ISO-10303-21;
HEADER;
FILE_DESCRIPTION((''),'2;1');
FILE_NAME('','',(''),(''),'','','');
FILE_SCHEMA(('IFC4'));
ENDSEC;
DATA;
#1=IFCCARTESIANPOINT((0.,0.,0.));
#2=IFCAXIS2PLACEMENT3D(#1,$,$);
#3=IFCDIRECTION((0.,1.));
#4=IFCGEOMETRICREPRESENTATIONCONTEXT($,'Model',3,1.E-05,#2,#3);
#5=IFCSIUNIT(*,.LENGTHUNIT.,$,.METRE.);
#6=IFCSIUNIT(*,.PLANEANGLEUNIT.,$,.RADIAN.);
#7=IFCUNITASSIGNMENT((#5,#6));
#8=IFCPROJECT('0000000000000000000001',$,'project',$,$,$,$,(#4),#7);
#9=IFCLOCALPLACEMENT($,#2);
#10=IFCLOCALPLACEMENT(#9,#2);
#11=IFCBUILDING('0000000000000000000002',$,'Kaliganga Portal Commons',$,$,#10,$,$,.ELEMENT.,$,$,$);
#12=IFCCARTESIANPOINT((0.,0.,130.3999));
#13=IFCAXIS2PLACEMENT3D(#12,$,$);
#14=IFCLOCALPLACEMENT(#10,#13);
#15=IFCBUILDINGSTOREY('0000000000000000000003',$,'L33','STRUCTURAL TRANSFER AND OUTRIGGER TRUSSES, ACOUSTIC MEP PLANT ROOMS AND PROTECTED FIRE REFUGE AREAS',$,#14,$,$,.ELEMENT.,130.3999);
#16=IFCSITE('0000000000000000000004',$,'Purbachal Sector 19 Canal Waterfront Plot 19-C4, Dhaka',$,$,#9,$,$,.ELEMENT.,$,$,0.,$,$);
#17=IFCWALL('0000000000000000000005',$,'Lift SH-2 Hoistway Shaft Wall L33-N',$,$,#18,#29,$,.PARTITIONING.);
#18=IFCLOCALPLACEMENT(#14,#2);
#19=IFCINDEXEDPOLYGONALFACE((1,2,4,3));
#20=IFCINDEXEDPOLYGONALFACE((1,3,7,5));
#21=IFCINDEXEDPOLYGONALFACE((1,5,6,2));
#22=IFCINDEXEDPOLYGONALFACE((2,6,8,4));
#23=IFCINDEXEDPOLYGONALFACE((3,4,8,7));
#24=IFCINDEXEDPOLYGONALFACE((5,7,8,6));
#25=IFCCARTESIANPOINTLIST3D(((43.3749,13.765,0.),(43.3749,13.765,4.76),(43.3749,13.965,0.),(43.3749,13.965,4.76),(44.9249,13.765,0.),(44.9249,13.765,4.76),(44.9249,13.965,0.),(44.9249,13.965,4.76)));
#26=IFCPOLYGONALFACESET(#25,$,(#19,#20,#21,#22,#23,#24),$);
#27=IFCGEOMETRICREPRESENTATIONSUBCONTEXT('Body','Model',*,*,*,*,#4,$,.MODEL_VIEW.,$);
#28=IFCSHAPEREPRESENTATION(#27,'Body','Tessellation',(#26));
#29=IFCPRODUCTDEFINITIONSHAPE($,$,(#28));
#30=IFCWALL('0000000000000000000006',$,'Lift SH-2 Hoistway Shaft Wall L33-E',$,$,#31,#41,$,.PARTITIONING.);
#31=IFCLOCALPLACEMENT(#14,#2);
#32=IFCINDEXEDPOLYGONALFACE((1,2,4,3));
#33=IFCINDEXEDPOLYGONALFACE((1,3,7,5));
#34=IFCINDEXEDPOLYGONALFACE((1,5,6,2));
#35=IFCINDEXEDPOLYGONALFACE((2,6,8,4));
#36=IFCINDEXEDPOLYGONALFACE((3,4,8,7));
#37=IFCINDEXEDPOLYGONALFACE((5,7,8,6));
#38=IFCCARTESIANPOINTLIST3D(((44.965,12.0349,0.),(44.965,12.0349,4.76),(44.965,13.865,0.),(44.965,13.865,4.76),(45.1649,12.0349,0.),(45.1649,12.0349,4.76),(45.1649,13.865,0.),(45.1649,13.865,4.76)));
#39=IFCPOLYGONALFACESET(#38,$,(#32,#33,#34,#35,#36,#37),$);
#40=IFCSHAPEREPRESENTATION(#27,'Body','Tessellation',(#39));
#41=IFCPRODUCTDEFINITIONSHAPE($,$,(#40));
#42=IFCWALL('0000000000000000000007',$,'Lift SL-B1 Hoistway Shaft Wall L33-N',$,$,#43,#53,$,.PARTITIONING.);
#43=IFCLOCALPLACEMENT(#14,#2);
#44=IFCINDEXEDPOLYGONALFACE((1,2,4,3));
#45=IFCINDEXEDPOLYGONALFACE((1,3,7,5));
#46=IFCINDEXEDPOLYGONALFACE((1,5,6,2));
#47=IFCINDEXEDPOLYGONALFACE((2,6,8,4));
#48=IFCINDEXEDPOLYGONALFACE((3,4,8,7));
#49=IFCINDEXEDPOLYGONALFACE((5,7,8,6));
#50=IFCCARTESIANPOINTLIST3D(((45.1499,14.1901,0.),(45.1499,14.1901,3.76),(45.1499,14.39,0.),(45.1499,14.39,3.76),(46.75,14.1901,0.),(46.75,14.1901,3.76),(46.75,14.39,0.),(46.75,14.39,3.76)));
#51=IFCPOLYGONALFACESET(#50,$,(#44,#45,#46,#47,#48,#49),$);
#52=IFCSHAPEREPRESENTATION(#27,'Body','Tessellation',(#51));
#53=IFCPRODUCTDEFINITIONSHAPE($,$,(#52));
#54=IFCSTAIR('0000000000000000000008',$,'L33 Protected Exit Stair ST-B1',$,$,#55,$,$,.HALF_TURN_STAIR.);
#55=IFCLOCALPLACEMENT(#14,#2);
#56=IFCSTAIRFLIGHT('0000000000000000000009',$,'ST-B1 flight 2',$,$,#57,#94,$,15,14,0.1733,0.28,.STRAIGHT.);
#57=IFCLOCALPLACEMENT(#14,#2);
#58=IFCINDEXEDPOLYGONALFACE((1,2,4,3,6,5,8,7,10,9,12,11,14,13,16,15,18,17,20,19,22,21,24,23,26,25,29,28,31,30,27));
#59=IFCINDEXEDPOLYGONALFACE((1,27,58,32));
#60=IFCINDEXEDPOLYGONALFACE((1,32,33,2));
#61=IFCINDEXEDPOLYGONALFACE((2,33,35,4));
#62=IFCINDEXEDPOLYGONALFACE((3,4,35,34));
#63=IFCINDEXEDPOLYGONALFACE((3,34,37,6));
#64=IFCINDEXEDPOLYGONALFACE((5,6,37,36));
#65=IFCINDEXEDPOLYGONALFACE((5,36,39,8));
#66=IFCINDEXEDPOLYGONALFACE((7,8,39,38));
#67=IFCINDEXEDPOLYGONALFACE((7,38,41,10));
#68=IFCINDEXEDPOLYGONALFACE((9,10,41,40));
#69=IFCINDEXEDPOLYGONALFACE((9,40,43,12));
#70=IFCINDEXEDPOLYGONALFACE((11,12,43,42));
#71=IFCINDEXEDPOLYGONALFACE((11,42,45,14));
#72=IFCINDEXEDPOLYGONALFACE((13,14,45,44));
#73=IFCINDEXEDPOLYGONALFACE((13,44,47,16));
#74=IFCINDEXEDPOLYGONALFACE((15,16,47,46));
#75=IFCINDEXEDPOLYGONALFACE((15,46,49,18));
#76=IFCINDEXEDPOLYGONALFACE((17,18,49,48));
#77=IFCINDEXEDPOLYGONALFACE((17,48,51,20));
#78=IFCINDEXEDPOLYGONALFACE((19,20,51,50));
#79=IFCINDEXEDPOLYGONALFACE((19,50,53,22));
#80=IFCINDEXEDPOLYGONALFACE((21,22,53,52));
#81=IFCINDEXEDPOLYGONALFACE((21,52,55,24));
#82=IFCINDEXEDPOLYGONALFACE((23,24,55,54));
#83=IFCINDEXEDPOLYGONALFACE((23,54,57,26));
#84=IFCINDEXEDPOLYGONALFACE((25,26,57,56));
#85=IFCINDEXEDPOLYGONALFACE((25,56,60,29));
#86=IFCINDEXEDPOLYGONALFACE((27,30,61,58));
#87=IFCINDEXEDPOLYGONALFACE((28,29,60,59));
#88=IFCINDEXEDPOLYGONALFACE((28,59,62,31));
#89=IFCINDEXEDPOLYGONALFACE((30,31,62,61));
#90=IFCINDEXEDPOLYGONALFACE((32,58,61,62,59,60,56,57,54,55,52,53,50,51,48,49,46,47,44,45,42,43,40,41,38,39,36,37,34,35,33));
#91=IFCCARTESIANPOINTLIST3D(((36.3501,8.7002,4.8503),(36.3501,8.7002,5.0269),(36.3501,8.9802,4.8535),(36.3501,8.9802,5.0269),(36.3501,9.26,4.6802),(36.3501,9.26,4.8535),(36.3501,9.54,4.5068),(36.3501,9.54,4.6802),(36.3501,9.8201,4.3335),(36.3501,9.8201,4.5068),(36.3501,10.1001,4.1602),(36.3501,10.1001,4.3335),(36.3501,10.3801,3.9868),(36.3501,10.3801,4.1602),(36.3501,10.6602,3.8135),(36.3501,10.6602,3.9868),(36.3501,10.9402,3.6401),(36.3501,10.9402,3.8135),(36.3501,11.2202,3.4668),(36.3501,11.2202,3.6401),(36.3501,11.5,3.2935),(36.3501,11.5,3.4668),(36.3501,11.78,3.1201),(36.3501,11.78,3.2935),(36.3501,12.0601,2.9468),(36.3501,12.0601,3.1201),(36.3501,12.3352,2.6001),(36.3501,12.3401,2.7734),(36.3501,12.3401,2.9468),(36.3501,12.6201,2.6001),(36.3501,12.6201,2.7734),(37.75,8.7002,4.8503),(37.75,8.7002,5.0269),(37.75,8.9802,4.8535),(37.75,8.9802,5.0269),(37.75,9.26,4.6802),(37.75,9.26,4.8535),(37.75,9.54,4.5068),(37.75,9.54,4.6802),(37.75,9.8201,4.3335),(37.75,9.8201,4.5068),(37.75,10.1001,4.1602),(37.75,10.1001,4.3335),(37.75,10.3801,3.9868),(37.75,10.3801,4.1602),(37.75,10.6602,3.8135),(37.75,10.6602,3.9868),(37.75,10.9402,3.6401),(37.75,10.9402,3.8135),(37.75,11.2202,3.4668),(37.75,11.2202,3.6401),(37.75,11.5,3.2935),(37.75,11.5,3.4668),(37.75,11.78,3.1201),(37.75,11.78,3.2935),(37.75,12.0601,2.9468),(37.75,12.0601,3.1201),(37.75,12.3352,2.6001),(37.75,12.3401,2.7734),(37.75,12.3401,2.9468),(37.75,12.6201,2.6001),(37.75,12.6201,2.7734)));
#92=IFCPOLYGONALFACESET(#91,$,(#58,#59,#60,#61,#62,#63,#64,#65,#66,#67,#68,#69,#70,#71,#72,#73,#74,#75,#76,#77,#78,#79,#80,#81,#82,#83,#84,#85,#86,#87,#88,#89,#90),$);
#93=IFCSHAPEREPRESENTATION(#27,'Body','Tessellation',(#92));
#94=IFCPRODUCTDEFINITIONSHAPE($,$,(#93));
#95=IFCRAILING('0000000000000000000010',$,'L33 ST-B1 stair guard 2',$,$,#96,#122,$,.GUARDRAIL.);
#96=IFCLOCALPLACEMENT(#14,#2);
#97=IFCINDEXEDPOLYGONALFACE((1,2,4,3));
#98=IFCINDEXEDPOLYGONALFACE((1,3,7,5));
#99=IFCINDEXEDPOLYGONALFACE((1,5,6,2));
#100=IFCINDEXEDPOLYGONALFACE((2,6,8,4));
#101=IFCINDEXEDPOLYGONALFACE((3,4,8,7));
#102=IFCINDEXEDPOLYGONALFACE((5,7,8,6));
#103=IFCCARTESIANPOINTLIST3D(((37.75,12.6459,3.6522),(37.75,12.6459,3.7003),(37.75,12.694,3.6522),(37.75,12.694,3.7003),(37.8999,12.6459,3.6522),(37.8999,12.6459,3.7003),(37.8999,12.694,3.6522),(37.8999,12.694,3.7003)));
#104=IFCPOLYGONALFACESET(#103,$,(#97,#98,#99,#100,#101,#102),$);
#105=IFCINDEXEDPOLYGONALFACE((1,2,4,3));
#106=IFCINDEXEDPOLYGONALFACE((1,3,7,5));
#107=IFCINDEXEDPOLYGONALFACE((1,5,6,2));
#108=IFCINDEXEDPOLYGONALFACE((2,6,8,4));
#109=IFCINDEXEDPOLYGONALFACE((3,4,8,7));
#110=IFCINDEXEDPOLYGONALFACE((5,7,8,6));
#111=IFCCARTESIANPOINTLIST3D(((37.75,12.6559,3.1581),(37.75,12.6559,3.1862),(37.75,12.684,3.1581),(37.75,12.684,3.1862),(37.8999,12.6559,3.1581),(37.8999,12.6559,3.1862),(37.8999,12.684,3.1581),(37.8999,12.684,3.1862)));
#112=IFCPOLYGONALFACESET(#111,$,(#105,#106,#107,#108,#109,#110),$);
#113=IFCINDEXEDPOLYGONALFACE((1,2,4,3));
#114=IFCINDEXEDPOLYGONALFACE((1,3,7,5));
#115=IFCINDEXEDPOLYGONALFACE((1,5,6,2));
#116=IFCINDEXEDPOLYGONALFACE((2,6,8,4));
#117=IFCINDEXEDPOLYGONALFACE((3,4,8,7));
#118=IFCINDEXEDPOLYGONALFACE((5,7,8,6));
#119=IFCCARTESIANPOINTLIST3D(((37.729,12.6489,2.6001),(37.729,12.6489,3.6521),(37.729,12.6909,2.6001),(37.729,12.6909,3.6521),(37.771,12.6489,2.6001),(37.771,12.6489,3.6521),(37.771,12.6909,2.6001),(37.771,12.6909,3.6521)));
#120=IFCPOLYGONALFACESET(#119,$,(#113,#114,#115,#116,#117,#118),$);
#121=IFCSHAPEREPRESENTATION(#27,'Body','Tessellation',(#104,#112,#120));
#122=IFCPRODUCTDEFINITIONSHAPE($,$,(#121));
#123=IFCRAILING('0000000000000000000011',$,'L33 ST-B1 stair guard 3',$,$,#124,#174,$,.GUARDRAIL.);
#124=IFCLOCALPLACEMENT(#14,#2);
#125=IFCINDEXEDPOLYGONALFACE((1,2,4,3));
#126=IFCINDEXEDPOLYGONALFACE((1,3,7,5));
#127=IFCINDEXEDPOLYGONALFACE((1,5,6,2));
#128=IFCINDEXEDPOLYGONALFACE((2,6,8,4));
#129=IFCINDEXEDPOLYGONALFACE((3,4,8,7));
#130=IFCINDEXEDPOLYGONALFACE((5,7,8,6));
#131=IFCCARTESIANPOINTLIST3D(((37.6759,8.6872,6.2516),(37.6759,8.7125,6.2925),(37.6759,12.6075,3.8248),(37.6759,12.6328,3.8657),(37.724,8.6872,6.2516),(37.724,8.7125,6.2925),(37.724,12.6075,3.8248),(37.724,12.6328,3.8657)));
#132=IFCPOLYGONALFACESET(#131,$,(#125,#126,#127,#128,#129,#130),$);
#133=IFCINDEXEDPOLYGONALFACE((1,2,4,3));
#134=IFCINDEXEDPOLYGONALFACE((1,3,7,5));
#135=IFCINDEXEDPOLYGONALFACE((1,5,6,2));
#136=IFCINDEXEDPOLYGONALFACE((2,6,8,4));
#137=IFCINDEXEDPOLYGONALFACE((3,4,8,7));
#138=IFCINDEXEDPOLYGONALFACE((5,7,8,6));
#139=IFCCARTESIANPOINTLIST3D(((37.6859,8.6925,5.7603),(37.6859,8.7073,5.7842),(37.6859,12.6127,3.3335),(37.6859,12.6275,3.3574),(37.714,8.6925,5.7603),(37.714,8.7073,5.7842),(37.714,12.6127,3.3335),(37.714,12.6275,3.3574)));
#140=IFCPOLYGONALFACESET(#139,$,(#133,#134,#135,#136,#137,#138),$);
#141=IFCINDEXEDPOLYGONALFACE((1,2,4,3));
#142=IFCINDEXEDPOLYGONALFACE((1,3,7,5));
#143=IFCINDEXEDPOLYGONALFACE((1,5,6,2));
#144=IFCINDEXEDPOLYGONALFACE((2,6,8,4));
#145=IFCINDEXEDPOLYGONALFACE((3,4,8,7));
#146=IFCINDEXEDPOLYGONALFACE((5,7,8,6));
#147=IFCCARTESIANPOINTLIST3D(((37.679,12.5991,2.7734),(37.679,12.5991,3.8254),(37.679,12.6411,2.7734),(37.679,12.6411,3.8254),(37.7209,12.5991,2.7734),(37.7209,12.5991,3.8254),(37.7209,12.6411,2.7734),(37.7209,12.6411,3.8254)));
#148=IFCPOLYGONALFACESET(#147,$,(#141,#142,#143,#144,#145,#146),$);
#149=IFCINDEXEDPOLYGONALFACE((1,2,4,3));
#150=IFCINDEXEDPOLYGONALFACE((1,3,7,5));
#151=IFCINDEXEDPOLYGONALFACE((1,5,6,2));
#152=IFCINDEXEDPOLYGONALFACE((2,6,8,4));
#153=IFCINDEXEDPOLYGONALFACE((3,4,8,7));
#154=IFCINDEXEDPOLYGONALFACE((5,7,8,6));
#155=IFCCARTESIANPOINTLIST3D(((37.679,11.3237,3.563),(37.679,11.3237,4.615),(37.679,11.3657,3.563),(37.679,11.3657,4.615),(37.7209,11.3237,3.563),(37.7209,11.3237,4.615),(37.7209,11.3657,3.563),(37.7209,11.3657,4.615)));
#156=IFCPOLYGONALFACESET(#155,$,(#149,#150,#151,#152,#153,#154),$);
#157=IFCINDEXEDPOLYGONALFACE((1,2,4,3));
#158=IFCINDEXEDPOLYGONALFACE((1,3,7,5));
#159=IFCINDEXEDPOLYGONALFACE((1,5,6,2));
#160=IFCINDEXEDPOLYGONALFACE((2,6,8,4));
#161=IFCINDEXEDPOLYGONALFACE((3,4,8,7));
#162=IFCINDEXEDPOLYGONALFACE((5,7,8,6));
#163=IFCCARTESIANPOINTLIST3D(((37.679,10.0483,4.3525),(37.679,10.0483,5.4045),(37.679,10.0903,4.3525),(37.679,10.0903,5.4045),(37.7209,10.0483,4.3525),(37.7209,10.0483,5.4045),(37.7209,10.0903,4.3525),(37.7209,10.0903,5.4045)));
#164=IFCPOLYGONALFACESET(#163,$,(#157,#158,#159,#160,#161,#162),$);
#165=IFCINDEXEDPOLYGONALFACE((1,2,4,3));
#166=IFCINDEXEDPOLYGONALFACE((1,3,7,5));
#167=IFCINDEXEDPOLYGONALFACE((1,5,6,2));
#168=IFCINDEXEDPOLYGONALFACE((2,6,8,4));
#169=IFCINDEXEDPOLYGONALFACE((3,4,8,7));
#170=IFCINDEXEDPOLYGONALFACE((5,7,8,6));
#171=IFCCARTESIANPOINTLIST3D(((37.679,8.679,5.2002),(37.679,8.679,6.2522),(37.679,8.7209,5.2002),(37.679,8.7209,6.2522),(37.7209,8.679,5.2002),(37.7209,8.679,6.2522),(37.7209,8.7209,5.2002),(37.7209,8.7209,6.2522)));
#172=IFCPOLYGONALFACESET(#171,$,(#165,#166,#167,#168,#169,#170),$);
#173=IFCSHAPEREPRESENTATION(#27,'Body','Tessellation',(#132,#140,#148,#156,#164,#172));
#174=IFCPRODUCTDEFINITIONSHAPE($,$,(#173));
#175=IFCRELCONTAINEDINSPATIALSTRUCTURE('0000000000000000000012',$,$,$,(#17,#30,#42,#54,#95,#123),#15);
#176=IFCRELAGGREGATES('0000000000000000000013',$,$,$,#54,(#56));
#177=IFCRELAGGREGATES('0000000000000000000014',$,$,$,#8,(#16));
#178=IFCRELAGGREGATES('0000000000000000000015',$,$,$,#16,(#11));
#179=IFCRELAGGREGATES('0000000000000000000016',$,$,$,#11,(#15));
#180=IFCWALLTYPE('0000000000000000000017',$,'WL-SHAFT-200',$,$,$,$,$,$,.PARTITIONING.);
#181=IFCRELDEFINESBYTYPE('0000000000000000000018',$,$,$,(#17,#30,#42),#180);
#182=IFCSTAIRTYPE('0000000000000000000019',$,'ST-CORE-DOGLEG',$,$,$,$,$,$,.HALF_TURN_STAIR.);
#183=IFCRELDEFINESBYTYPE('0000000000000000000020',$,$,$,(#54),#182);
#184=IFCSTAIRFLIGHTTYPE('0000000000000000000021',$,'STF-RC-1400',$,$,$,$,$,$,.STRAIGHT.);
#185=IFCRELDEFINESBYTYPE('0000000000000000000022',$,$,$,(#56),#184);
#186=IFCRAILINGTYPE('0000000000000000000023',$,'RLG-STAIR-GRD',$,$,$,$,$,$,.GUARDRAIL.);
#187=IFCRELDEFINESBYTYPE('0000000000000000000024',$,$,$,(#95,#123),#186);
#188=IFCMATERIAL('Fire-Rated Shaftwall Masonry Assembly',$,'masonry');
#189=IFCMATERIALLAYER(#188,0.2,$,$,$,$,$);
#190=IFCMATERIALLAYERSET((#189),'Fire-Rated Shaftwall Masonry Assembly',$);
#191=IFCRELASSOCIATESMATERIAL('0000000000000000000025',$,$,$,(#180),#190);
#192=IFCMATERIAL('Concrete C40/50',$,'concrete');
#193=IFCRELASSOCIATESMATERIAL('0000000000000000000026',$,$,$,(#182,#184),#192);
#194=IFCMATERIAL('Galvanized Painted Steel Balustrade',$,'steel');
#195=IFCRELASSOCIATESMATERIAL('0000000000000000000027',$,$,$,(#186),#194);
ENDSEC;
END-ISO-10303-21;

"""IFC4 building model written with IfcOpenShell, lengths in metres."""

from ifc_helpers import new_model, si_unit, direction, frame, frame_2d, origin, origin_2d, place, context, subcontext, project, spatial, polyline, rectangle, outline, extrude, material, layer, layer_set, type_object, element, aggregate, save


model = new_model("IFC4")

# Units and contexts
model_context = context("Model", 3, precision=1e-05, world=origin(), true_north=direction((0.0, 1.0)))
body_context = subcontext(model_context, "Body", "Model", "MODEL_VIEW")
ifc_project = project(units=[si_unit("LENGTHUNIT", "METRE"), si_unit("PLANEANGLEUNIT", "RADIAN")], contexts=[model_context])

# Site, building, storey
site_placement = place(None, origin())
site = spatial("IfcSite", under=ifc_project, at=site_placement, Name="Purbachal Sector 19 Canal Waterfront Plot 19-C4, Dhaka", CompositionType="ELEMENT", RefElevation=0.0)
building_placement = place(site_placement, origin())
building = spatial("IfcBuilding", under=site, at=building_placement, Name="Kaliganga Portal Commons", CompositionType="ELEMENT")
storey_placement = place(building_placement, frame((0.0, 0.0, 130.3999)))
storey = spatial("IfcBuildingStorey", under=building, at=storey_placement, Name="L33", Description="STRUCTURAL TRANSFER AND OUTRIGGER TRUSSES, ACOUSTIC MEP PLANT ROOMS AND PROTECTED FIRE REFUGE AREAS", CompositionType="ELEMENT", Elevation=130.3999)

# Shared definitions
ifc_material_1 = material(Name="Fire-Rated Shaftwall Masonry Assembly", Category="masonry")
ifc_layer_1 = layer(ifc_material_1, 0.2)
ifc_layer_set_1 = layer_set([ifc_layer_1], Name="Fire-Rated Shaftwall Masonry Assembly")
wall_type_1 = type_object("IfcWallType", Name="WL-SHAFT-200", PredefinedType="PARTITIONING", material=ifc_layer_set_1)

# Walls
wall_1_placement = place(storey_placement, frame((43.375, 13.865, 0.0), z_axis=(0.0, 0.0, 1.0), x_axis=(1.0, 0.0, 0.0)))
element("IfcWall", 1, at=wall_1_placement, inside=storey, type_object=wall_type_1, Name="Lift SH-2 Hoistway Shaft Wall L33-N", PredefinedType="PARTITIONING", context=body_context, shape_type="SweptSolid", body=[
    extrude(rectangle(XDim=1.55, YDim=0.2, at=frame_2d((0.7749, 0.0))), origin(), (0.0, 0.0, 1.0), 4.76),
])
wall_2_placement = place(storey_placement, frame((45.0649, 12.0349, 0.0), z_axis=(0.0, 0.0, 1.0), x_axis=(0.0, 1.0, 0.0)))
element("IfcWall", 2, at=wall_2_placement, inside=storey, type_object=wall_type_1, Name="Lift SH-2 Hoistway Shaft Wall L33-E", PredefinedType="PARTITIONING", context=body_context, shape_type="SweptSolid", body=[
    extrude(rectangle(XDim=1.8301, YDim=0.2, at=frame_2d((0.915, 0.0))), origin(), (0.0, 0.0, 1.0), 4.76),
])
wall_3_placement = place(storey_placement, frame((45.1499, 14.29, 0.0), z_axis=(0.0, 0.0, 1.0), x_axis=(1.0, 0.0, 0.0)))
element("IfcWall", 3, at=wall_3_placement, inside=storey, type_object=wall_type_1, Name="Lift SL-B1 Hoistway Shaft Wall L33-N", PredefinedType="PARTITIONING", context=body_context, shape_type="SweptSolid", body=[
    extrude(rectangle(XDim=1.6001, YDim=0.2, at=frame_2d((0.8, 0.0))), origin(), (0.0, 0.0, 1.0), 3.76),
])

# Stair, stair flight
ifc_material_2 = material(Name="Concrete C40/50", Category="concrete")
stair_type = type_object("IfcStairType", Name="ST-CORE-DOGLEG", PredefinedType="HALF_TURN_STAIR", material=ifc_material_2)
stair_placement = place(storey_placement, origin())
stair = element("IfcStair", 4, at=stair_placement, inside=storey, type_object=stair_type, Name="L33 Protected Exit Stair ST-B1", PredefinedType="HALF_TURN_STAIR")
stair_flight_type = type_object("IfcStairFlightType", Name="STF-RC-1400", PredefinedType="STRAIGHT", material=ifc_material_2)
stair_flight_placement = place(storey_placement, frame((37.05, 12.6201, 2.6001), z_axis=(0.0, 0.0, 1.0), x_axis=(0.0, -1.0, 0.0)))
stair_flight = element("IfcStairFlight", 5, at=stair_flight_placement, type_object=stair_flight_type, Name="ST-B1 flight 2", NumberOfRisers=15, NumberOfTreads=14, PredefinedType="STRAIGHT", RiserHeight=0.1733, TreadLength=0.28, context=body_context, shape_type="SweptSolid", body=[
    extrude(outline(polyline([(0.0, 0.0), (0.0, 0.1733), (0.28, 0.1733), (0.28, 0.3467), (0.5601, 0.3467), (0.5601, 0.52), (0.8401, 0.52), (0.8401, 0.6934), (1.1201, 0.6934), (1.1201, 0.8667), (1.3999, 0.8667), (1.3999, 1.04), (1.6799, 1.04), (1.6799, 1.2134), (1.96, 1.2134), (1.96, 1.3867), (2.24, 1.3867), (2.24, 1.5601), (2.52, 1.5601), (2.52, 1.7334), (2.8, 1.7334), (2.8, 1.9067), (3.0801, 1.9067), (3.0801, 2.0801), (3.3601, 2.0801), (3.3601, 2.2534), (3.6399, 2.2534), (3.6399, 2.4268), (3.9199, 2.4268), (3.9199, 2.6001), (3.9199, 2.2502), (0.2849, 0.0), (0.0, 0.0)])), frame((0.0, 0.7, 0.0), z_axis=(0.0, -1.0, 0.0), x_axis=(1.0, 0.0, 0.0)), (0.0, 0.0, 1.0), 1.3999),
])
aggregate(stair, [stair_flight])

# Railings
ifc_material_3 = material(Name="Galvanized Painted Steel Balustrade", Category="steel")
railing_type_1 = type_object("IfcRailingType", Name="RLG-STAIR-GRD", PredefinedType="GUARDRAIL", material=ifc_material_3)
railing_1_placement = place(storey_placement, frame((37.8999, 12.6699, 2.6001)))
element("IfcRailing", 6, at=railing_1_placement, inside=storey, type_object=railing_type_1, Name="L33 ST-B1 stair guard 2", PredefinedType="GUARDRAIL", context=body_context, shape_type="SweptSolid", body=[
    extrude(rectangle(XDim=0.0481, YDim=0.0481, at=origin_2d()), frame((0.0, 0.0, 1.0762), z_axis=(-1.0, 0.0, 0.0), x_axis=(0.0, -1.0, 0.0)), (0.0, 0.0, 1.0), 0.1499),
    extrude(rectangle(XDim=0.0281, YDim=0.0281, at=origin_2d()), frame((0.0, 0.0, 0.572), z_axis=(-1.0, 0.0, 0.0), x_axis=(0.0, -1.0, 0.0)), (0.0, 0.0, 1.0), 0.1499),
    extrude(rectangle(XDim=0.042, YDim=0.042, at=origin_2d()), frame((-0.1499, 0.0, 0.0)), (0.0, 0.0, 1.0), 1.052),
])
railing_2_placement = place(storey_placement, frame((37.7, 12.6201, 2.7734)))
element("IfcRailing", 7, at=railing_2_placement, inside=storey, type_object=railing_type_1, Name="L33 ST-B1 stair guard 3", PredefinedType="GUARDRAIL", context=body_context, shape_type="SweptSolid", body=[
    extrude(rectangle(XDim=0.0481, YDim=0.0481, at=origin_2d()), frame((0.0, 0.0, 1.0718), z_axis=(0.0, -0.850266, 0.526353), x_axis=(1.0, 0.0, 0.0)), (0.0, 0.0, 1.0), 4.6106),
    extrude(rectangle(XDim=0.0281, YDim=0.0281, at=origin_2d()), frame((0.0, 0.0, 0.572), z_axis=(0.0, -0.850266, 0.526353), x_axis=(1.0, 0.0, 0.0)), (0.0, 0.0, 1.0), 4.6106),
    extrude(rectangle(XDim=0.042, YDim=0.042, at=origin_2d()), origin(), (0.0, 0.0, 1.0), 1.052),
    extrude(rectangle(XDim=0.042, YDim=0.042, at=origin_2d()), frame((0.0, -1.2754, 0.7896)), (0.0, 0.0, 1.0), 1.052),
    extrude(rectangle(XDim=0.042, YDim=0.042, at=origin_2d()), frame((0.0, -2.5508, 1.5791)), (0.0, 0.0, 1.0), 1.052),
    extrude(rectangle(XDim=0.042, YDim=0.042, at=origin_2d()), frame((0.0, -3.9202, 2.4268)), (0.0, 0.0, 1.0), 1.052),
])

save(model, "model.ifc")
